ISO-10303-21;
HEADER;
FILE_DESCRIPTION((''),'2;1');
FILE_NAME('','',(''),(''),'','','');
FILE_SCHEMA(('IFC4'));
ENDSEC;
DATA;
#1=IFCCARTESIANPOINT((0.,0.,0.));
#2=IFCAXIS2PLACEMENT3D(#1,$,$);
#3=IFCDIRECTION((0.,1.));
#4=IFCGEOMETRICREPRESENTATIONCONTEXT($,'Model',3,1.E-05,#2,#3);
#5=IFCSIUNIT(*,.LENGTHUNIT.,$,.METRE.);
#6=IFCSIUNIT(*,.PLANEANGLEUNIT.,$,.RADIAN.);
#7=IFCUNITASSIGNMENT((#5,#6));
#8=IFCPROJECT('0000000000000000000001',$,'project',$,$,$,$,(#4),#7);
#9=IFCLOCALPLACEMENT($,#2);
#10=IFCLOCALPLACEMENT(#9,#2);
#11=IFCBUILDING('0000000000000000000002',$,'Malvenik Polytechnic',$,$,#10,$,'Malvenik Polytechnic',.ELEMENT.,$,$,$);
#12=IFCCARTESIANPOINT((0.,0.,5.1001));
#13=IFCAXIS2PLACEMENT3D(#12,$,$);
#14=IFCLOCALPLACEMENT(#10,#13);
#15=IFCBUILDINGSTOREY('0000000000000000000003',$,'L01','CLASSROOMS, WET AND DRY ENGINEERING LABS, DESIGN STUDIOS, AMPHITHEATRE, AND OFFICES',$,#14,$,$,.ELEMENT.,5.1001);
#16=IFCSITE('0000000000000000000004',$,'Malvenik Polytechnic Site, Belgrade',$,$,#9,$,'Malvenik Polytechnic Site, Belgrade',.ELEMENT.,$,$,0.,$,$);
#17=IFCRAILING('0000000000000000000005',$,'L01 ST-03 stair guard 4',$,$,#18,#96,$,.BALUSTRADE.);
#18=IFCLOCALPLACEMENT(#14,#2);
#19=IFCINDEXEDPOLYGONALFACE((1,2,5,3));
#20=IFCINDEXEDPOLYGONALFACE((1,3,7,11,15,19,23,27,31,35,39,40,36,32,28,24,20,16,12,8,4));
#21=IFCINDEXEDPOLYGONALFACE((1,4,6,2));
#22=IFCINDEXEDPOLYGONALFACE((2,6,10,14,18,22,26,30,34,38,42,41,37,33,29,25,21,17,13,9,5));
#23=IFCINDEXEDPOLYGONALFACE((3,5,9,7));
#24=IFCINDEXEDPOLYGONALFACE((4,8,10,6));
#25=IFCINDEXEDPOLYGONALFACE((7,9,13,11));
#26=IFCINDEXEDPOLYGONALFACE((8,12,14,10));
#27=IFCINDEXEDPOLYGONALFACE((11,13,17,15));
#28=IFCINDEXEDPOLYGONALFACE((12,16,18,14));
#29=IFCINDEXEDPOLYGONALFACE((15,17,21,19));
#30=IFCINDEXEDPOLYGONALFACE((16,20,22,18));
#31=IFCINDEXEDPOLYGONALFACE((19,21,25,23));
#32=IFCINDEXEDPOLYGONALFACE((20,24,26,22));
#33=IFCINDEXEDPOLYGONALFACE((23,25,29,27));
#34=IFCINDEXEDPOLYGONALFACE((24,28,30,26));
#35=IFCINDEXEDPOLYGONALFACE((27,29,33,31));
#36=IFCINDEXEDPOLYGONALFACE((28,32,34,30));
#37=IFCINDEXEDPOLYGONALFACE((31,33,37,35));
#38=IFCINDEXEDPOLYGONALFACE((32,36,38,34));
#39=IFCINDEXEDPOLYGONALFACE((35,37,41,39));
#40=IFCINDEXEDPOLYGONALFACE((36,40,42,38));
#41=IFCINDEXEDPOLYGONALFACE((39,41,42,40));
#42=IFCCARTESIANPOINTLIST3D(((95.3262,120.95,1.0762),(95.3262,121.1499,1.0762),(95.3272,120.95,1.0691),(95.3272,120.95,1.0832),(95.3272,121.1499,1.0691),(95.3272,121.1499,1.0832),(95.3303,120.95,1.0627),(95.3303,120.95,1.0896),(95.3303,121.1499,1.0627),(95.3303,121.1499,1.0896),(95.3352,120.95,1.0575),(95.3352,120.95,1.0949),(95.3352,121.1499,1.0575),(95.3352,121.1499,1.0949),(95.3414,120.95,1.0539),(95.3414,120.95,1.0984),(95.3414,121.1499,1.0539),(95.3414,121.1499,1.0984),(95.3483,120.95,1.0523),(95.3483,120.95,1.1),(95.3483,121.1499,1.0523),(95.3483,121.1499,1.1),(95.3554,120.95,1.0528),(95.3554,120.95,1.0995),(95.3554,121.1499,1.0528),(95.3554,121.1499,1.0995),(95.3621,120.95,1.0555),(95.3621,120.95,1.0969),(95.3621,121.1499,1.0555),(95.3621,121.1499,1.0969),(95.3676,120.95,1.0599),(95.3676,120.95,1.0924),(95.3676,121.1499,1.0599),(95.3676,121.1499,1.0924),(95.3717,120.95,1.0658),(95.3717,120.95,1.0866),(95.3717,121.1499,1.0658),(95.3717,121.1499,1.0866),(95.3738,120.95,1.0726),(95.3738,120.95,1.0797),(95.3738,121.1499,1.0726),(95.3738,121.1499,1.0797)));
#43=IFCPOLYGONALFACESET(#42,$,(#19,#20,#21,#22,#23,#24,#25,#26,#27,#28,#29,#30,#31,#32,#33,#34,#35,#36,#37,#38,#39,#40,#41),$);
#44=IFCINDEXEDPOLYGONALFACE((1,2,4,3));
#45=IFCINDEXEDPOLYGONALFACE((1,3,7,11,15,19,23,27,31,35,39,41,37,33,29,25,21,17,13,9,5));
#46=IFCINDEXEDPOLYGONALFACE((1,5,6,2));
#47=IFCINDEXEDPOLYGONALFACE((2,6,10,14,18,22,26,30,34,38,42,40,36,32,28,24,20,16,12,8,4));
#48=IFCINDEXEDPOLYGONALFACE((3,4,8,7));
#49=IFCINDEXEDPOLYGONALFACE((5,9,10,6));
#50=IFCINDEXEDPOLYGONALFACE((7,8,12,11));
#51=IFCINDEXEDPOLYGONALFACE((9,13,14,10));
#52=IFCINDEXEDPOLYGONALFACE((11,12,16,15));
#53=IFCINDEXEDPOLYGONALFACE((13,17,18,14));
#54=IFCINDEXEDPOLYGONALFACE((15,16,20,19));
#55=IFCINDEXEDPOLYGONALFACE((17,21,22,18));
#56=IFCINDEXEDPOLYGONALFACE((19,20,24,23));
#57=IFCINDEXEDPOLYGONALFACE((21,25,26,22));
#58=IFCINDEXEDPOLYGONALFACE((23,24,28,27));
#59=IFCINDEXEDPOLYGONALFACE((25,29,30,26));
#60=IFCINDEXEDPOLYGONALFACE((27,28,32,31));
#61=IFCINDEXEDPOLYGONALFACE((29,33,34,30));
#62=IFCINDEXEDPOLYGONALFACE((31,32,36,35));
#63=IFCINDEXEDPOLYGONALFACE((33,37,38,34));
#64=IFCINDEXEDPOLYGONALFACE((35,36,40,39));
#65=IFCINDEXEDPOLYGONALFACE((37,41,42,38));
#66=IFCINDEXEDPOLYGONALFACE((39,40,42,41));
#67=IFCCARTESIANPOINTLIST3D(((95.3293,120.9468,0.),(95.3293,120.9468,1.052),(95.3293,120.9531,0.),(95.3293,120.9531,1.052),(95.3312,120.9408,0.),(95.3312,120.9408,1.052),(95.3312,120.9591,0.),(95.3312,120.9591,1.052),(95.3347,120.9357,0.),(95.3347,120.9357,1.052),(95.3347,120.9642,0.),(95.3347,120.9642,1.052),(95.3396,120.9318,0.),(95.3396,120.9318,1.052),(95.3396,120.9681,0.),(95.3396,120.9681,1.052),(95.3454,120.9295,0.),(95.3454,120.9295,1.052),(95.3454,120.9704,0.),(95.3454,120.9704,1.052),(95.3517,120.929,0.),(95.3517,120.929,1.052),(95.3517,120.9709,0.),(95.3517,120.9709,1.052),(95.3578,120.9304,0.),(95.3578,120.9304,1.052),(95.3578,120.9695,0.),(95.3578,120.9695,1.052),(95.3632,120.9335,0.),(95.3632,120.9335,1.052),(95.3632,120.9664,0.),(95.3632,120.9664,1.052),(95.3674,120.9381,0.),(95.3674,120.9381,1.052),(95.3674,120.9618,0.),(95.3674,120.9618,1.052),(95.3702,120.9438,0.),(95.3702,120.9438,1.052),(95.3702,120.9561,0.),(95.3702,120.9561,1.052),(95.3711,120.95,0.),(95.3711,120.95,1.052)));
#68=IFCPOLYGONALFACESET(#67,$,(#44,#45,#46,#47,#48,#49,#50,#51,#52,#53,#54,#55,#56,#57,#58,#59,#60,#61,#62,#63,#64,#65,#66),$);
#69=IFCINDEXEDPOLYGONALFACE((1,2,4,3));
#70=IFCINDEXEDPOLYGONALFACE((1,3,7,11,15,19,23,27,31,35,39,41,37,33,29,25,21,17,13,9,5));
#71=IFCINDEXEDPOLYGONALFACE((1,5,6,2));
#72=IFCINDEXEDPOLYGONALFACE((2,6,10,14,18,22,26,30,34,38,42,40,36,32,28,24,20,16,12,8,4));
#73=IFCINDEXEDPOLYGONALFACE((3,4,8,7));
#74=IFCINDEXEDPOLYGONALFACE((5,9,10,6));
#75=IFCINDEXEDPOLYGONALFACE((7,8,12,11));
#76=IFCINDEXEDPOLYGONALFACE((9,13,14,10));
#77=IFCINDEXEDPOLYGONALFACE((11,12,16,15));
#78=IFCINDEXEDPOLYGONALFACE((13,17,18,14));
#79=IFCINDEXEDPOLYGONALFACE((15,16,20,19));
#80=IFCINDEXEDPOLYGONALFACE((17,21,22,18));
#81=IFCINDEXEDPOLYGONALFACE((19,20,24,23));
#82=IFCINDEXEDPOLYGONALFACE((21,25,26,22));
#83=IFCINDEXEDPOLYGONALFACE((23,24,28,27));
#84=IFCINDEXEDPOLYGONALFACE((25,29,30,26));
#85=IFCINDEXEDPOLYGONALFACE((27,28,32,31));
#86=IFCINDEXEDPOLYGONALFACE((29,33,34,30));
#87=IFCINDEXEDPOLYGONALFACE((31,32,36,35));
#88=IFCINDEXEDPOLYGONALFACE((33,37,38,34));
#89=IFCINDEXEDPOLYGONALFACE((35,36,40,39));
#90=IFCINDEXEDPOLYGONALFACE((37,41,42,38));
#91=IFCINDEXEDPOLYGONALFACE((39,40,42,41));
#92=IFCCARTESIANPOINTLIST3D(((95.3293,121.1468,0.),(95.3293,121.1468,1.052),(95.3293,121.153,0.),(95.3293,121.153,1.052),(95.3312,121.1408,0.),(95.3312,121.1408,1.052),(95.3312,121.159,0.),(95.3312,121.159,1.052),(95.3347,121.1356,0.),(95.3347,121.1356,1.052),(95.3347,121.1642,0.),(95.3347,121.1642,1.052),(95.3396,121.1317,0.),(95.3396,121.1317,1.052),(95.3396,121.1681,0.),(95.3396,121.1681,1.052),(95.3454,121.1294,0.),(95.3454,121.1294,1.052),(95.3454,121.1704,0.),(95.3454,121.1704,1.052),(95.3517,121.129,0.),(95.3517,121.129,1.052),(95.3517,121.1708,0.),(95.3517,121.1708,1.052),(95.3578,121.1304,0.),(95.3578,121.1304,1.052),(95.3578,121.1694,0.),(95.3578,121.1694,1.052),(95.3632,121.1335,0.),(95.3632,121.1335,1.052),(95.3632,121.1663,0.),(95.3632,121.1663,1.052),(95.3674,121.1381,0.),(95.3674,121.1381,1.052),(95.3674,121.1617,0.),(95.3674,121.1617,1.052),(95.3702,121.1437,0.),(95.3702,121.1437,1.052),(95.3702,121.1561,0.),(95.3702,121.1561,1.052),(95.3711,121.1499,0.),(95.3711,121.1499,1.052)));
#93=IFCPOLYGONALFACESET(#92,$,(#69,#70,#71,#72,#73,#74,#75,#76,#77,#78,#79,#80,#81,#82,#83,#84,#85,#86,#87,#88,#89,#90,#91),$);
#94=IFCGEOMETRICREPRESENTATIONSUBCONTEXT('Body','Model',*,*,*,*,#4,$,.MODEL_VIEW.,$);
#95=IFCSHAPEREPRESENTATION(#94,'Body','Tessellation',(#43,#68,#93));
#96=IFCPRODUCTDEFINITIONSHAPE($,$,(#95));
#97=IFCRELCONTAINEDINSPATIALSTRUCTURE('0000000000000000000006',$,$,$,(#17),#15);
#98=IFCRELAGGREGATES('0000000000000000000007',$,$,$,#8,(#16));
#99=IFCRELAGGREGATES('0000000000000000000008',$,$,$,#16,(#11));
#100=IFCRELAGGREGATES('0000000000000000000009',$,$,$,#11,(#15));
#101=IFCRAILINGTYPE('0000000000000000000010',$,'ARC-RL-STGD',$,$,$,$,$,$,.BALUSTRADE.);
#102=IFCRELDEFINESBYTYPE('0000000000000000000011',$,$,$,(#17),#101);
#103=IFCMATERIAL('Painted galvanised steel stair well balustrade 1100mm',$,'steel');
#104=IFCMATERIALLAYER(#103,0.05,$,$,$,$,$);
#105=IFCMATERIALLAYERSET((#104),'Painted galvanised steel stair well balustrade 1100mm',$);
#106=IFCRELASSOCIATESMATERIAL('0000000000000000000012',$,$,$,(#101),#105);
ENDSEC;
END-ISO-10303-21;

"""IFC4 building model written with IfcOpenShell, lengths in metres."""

from ifc_helpers import new_model, si_unit, direction, frame, origin, origin_2d, place, context, subcontext, project, spatial, circle, extrude, material, layer, layer_set, type_object, element, save


model = new_model("IFC4")

# Units and contexts
model_context = context("Model", 3, precision=1e-05, world=origin(), true_north=direction((0.0, 1.0)))
body_context = subcontext(model_context, "Body", "Model", "MODEL_VIEW")
ifc_project = project(units=[si_unit("LENGTHUNIT", "METRE"), si_unit("PLANEANGLEUNIT", "RADIAN")], contexts=[model_context])

# Site, building, storey
site_placement = place(None, origin())
site = spatial("IfcSite", under=ifc_project, at=site_placement, Name="Malvenik Polytechnic Site, Belgrade", LongName="Malvenik Polytechnic Site, Belgrade", CompositionType="ELEMENT", RefElevation=0.0)
building_placement = place(site_placement, origin())
building = spatial("IfcBuilding", under=site, at=building_placement, Name="Malvenik Polytechnic", LongName="Malvenik Polytechnic", CompositionType="ELEMENT")
storey_placement = place(building_placement, frame((0.0, 0.0, 5.1001)))
storey = spatial("IfcBuildingStorey", under=building, at=storey_placement, Name="L01", Description="CLASSROOMS, WET AND DRY ENGINEERING LABS, DESIGN STUDIOS, AMPHITHEATRE, AND OFFICES", CompositionType="ELEMENT", Elevation=5.1001)

# Railing
ifc_material_1 = material(Name="Painted galvanised steel stair well balustrade 1100mm", Category="steel")
ifc_layer_1 = layer(ifc_material_1, 0.05)
ifc_layer_set_1 = layer_set([ifc_layer_1], Name="Painted galvanised steel stair well balustrade 1100mm")
railing_type_1 = type_object("IfcRailingType", Name="ARC-RL-STGD", PredefinedType="BALUSTRADE", material=ifc_layer_set_1)
railing_1_placement = place(storey_placement, frame((95.3501, 120.95, 0.0)))
element("IfcRailing", 1, at=railing_1_placement, inside=storey, type_object=railing_type_1, Name="L01 ST-03 stair guard 4", PredefinedType="BALUSTRADE", context=body_context, shape_type="SweptSolid", body=[
    extrude(circle(Radius=0.0239, at=origin_2d()), frame((0.0, 0.0, 1.0762), z_axis=(0.0, 1.0, 0.0), x_axis=(-1.0, 0.0, 0.0)), (0.0, 0.0, 1.0), 0.2),
    extrude(circle(Radius=0.021, at=origin_2d()), origin(), (0.0, 0.0, 1.0), 1.052),
    extrude(circle(Radius=0.021, at=origin_2d()), frame((0.0, 0.2, 0.0)), (0.0, 0.0, 1.0), 1.052),
])

save(model, "model.ifc")
